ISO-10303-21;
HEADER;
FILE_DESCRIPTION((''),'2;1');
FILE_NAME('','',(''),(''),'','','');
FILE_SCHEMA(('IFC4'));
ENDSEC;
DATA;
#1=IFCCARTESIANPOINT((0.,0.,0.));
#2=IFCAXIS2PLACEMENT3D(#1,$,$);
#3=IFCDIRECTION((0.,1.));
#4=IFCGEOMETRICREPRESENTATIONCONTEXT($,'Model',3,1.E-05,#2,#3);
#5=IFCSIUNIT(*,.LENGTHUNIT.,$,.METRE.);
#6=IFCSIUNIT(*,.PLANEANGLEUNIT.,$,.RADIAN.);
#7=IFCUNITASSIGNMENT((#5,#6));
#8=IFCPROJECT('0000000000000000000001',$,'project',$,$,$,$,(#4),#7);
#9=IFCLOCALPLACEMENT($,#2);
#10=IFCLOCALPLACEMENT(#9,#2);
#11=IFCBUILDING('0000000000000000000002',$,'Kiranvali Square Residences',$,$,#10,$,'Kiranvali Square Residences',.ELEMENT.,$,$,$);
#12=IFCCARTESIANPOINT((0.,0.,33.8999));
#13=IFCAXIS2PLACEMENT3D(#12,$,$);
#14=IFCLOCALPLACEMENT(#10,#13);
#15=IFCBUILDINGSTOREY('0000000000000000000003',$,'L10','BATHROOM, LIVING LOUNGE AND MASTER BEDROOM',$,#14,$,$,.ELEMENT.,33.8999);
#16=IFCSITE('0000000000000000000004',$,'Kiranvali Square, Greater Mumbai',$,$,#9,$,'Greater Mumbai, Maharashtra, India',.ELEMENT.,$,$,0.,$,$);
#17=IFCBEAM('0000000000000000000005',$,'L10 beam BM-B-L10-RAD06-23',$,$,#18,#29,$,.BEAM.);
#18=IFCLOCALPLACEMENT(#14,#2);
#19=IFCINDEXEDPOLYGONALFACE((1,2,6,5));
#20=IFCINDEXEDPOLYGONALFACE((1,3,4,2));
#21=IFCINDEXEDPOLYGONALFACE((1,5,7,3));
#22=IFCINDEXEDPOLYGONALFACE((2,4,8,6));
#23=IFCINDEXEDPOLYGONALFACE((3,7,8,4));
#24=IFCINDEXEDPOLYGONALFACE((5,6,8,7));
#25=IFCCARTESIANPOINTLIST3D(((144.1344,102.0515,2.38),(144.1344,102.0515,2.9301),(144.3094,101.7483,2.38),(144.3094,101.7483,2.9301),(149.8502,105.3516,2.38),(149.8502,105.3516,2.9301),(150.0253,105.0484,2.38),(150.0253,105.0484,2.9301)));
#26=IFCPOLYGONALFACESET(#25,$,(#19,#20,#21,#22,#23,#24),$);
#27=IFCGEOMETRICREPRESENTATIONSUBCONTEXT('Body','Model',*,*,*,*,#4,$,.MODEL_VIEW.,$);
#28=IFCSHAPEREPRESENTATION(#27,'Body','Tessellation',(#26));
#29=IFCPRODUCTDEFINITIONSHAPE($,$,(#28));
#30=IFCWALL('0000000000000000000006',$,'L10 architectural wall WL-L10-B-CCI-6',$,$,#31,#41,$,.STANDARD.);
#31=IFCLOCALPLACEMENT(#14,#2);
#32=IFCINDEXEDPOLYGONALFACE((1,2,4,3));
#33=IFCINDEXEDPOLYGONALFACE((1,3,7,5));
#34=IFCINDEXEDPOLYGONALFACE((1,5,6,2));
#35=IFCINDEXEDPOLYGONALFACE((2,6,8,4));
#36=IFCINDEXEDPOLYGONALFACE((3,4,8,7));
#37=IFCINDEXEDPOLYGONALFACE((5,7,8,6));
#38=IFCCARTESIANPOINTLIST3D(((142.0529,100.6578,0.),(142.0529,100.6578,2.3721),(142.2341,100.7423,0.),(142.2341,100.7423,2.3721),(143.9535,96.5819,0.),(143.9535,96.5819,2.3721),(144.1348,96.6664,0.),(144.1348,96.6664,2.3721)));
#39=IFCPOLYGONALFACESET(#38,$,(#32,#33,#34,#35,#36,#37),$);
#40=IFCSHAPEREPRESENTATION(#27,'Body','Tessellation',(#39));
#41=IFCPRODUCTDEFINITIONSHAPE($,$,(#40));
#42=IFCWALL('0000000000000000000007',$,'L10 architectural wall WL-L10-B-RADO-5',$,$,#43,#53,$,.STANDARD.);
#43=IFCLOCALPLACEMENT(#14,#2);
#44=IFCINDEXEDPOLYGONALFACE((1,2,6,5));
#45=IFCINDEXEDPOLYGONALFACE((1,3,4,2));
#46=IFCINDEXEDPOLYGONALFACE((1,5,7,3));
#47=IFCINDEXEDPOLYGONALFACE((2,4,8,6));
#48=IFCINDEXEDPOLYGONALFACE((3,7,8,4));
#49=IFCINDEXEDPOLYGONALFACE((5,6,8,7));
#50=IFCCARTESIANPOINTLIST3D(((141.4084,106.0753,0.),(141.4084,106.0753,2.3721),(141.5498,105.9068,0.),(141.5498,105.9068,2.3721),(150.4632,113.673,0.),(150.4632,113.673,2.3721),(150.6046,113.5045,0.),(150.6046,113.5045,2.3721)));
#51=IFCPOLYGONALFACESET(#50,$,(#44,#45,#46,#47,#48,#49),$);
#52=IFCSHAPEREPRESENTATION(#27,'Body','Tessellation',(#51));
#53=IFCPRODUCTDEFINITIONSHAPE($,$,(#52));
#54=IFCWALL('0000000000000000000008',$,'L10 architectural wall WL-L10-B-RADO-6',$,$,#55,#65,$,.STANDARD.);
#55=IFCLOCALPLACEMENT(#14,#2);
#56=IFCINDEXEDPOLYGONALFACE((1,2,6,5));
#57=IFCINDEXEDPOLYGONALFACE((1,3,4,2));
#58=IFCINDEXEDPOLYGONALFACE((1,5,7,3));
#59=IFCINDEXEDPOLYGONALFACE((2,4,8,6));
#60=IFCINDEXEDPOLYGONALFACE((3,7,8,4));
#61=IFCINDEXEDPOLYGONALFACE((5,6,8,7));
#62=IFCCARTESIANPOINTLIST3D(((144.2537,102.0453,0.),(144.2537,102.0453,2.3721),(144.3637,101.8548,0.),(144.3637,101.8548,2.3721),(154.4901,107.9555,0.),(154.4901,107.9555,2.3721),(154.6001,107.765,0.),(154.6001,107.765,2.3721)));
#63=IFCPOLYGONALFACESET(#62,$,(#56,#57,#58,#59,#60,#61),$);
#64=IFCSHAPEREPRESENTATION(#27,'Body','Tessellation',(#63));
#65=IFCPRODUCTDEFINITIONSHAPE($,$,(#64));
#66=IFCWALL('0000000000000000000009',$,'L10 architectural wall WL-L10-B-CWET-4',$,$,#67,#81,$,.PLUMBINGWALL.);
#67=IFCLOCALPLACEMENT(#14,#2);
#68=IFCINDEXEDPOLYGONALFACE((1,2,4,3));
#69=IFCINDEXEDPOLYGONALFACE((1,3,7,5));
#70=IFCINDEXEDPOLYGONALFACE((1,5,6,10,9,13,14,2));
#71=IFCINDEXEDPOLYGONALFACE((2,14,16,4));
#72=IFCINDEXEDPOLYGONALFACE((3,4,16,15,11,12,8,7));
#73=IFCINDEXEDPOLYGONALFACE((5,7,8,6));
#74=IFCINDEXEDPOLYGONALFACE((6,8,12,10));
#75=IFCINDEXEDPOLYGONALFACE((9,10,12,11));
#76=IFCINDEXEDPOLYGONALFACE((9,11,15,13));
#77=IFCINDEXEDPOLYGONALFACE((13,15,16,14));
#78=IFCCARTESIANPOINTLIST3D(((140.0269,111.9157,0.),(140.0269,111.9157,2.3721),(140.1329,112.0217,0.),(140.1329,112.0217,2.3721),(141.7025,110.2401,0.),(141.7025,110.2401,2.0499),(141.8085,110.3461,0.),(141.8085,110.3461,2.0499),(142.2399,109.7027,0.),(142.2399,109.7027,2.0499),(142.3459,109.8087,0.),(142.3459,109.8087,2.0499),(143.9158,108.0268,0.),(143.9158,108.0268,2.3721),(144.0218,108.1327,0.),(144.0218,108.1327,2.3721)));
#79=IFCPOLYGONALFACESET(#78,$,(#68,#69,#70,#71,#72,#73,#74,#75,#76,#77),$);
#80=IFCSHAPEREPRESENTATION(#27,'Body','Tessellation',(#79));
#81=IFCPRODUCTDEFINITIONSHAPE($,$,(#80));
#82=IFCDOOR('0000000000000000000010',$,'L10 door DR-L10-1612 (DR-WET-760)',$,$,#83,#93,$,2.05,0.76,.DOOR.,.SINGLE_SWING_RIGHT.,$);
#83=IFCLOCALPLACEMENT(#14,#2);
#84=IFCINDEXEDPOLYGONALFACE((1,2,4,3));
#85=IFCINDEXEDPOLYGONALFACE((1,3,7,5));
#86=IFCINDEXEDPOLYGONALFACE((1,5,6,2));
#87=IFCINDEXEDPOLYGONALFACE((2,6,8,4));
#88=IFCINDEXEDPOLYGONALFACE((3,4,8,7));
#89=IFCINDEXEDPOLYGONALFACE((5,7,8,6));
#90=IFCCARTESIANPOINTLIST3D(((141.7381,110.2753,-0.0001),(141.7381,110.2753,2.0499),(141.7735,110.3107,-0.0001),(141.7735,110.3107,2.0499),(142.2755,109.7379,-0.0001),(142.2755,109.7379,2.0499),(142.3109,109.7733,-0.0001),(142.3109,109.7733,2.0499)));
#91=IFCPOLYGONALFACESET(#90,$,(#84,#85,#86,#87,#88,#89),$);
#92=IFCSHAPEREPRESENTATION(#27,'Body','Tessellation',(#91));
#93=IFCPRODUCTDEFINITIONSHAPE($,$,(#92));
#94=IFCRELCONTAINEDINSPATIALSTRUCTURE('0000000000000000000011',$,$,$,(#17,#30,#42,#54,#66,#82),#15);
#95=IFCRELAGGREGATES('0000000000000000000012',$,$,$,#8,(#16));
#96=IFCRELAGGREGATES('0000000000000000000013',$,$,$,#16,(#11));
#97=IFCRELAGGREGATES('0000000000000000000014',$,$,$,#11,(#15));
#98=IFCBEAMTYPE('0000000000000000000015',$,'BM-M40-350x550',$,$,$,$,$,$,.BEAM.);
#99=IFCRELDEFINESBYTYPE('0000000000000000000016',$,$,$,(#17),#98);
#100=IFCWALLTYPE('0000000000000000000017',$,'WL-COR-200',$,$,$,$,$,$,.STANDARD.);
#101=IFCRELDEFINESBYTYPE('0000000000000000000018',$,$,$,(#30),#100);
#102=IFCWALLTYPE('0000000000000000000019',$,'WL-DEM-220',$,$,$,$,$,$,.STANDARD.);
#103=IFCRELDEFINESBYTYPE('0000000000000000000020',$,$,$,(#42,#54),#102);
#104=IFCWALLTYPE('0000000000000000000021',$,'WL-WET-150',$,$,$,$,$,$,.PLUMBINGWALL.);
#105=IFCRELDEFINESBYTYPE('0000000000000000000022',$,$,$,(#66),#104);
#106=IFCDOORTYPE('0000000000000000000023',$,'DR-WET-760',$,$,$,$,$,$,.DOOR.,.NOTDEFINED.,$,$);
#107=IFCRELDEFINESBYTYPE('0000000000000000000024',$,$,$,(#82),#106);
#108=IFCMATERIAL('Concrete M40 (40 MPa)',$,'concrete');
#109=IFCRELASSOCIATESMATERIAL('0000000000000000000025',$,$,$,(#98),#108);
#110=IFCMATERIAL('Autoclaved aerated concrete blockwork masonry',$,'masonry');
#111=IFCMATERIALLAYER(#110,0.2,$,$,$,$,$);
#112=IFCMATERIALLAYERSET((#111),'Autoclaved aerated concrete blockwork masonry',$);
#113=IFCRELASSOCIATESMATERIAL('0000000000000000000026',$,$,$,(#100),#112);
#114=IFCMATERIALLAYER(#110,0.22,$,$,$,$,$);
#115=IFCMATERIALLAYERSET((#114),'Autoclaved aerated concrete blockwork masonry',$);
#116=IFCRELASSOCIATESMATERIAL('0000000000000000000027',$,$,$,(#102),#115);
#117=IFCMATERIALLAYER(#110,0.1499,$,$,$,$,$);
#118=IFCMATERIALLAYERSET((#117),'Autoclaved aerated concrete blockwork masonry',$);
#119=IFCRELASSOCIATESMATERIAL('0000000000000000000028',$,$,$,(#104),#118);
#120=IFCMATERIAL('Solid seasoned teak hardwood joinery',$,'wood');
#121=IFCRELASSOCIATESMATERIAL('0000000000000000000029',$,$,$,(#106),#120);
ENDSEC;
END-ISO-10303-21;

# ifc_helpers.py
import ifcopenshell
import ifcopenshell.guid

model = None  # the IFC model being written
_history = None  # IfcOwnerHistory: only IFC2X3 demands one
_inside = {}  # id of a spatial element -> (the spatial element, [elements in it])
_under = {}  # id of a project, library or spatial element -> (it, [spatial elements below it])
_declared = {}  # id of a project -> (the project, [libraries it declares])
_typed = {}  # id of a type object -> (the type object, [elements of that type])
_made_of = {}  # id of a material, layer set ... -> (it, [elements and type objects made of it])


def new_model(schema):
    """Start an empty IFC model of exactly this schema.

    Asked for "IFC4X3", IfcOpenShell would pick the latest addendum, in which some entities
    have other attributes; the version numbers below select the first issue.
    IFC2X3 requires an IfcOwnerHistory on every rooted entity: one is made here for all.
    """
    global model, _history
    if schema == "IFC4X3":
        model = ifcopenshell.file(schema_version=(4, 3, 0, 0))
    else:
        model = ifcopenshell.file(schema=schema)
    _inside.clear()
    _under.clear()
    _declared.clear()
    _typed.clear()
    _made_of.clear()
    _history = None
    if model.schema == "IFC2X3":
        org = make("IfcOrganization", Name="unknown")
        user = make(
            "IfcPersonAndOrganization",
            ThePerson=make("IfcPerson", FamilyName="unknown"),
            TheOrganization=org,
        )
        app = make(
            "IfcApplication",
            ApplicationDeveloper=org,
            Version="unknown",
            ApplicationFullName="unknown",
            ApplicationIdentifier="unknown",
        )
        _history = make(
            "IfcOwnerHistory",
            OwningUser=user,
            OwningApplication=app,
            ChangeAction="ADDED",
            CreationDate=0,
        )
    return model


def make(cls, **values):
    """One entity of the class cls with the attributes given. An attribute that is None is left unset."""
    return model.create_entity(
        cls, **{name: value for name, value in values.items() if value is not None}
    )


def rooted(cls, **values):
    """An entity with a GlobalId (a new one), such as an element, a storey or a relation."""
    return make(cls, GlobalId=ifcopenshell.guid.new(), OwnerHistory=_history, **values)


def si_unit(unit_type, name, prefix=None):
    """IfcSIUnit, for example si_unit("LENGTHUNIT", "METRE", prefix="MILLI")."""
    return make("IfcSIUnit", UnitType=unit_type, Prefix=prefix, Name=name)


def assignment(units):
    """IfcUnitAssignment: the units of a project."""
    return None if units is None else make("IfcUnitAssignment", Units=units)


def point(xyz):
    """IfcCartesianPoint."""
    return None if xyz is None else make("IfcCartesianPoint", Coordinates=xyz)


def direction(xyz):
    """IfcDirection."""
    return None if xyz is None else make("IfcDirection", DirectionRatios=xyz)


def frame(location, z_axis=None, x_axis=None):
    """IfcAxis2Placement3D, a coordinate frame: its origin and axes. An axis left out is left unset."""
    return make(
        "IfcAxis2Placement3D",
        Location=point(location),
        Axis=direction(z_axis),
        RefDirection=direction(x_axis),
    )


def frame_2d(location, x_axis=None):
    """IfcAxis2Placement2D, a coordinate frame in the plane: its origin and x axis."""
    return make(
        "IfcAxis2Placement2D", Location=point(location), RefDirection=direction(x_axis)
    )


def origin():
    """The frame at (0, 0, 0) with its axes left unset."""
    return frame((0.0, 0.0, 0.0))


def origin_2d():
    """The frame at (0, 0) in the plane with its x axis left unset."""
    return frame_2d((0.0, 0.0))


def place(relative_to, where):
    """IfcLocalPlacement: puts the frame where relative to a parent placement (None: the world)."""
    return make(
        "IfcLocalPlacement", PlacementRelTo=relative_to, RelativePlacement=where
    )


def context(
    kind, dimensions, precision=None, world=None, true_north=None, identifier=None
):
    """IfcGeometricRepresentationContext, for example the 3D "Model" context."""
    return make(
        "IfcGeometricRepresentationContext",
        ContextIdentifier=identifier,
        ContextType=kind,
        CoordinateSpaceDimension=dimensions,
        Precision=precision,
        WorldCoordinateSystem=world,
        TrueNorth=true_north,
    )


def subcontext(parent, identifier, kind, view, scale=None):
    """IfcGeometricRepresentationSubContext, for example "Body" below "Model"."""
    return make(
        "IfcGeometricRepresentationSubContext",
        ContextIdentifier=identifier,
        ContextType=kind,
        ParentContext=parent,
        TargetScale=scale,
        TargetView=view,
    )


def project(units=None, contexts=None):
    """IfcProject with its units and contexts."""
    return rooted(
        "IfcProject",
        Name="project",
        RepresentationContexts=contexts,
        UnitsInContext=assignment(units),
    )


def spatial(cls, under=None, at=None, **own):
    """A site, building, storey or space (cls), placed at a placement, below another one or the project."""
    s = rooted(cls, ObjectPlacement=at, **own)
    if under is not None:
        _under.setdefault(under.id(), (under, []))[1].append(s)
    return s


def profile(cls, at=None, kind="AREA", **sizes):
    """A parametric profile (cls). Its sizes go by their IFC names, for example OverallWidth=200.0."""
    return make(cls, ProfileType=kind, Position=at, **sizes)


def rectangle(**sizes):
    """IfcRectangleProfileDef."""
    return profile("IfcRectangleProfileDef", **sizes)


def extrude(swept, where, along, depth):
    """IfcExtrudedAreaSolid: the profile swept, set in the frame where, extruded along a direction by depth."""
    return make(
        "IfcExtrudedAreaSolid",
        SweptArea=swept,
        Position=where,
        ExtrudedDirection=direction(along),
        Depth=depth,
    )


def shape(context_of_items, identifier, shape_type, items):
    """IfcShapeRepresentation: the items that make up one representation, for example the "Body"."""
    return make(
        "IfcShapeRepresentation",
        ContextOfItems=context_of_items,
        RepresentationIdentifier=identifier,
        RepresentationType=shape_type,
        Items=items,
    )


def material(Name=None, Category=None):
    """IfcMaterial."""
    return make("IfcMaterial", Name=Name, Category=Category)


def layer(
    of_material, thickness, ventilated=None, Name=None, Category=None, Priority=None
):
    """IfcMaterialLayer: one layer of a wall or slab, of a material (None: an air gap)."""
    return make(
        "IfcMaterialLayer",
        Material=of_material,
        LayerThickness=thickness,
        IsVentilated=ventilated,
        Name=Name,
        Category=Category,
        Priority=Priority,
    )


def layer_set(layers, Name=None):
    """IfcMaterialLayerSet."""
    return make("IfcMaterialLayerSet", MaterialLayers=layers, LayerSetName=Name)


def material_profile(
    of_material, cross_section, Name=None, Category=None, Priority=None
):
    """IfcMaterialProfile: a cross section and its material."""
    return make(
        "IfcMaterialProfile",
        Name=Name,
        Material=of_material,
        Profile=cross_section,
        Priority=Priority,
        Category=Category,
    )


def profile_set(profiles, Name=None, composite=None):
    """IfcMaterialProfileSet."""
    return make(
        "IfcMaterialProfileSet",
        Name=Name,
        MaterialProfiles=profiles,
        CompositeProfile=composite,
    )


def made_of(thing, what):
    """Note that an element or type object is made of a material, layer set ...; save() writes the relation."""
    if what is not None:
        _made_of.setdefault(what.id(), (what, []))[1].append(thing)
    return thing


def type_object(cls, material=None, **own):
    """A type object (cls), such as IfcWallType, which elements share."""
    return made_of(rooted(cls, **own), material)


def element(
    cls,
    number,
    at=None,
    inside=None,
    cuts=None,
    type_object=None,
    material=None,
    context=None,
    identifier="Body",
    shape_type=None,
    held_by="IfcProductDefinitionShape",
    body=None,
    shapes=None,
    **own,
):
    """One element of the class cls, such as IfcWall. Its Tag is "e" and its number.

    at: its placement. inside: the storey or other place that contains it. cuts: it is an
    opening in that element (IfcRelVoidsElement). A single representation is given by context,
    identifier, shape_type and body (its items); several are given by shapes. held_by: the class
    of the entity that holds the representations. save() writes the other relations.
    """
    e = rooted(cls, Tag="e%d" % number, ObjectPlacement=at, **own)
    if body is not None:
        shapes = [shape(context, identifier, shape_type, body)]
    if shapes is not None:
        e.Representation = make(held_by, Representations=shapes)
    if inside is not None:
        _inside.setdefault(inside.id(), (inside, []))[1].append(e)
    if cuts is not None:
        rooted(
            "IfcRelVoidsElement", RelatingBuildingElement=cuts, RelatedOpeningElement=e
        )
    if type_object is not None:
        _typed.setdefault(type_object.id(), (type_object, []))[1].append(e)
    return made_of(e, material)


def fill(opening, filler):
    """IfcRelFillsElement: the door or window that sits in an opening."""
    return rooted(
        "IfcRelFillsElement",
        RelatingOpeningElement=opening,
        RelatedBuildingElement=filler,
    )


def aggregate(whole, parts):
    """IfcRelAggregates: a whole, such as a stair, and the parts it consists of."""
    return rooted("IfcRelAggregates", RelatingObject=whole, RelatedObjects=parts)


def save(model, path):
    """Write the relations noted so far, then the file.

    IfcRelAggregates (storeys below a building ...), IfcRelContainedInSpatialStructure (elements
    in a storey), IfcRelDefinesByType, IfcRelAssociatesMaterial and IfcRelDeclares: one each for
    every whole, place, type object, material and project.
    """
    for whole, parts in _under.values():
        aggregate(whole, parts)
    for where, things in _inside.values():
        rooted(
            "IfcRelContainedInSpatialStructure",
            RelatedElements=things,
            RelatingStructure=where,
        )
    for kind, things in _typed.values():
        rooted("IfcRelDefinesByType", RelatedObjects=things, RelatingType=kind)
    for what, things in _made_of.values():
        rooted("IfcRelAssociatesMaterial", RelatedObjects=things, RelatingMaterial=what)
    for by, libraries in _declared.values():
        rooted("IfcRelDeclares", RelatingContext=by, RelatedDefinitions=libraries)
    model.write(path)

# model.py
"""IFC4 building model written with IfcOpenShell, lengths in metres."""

from ifc_helpers import new_model, si_unit, direction, frame, frame_2d, origin, origin_2d, place, context, subcontext, project, spatial, rectangle, extrude, material, layer, layer_set, material_profile, profile_set, type_object, element, fill, save


model = new_model("IFC4")

# Units and contexts
model_context = context("Model", 3, precision=1e-05, world=origin(), true_north=direction((0.0, 1.0)))
body_context = subcontext(model_context, "Body", "Model", "MODEL_VIEW")
ifc_project = project(units=[si_unit("LENGTHUNIT", "METRE"), si_unit("PLANEANGLEUNIT", "RADIAN")], contexts=[model_context])

# Site, building, storey
site_placement = place(None, origin())
site = spatial("IfcSite", under=ifc_project, at=site_placement, Name="Kiranvali Square, Greater Mumbai", LongName="Greater Mumbai, Maharashtra, India", CompositionType="ELEMENT", RefElevation=0.0)
building_placement = place(site_placement, origin())
building = spatial("IfcBuilding", under=site, at=building_placement, Name="Kiranvali Square Residences", LongName="Kiranvali Square Residences", CompositionType="ELEMENT")
storey_placement = place(building_placement, frame((0.0, 0.0, 33.8999)))
storey = spatial("IfcBuildingStorey", under=building, at=storey_placement, Name="L10", Description="BATHROOM, LIVING LOUNGE AND MASTER BEDROOM", CompositionType="ELEMENT", Elevation=33.8999)

# Shared definitions
ifc_material_1 = material(Name="Concrete M40 (40 MPa)", Category="concrete")

# Beam
ifc_material_profile_1 = material_profile(ifc_material_1, rectangle(XDim=0.3501, YDim=0.55, at=origin_2d()), Name="RC 350x550")
ifc_profile_set_1 = profile_set([ifc_material_profile_1], Name="Concrete M40 (40 MPa)")
beam_type = type_object("IfcBeamType", Name="BM-M40-350x550", PredefinedType="BEAM", material=ifc_profile_set_1)
beam_1_placement = place(storey_placement, frame((144.2219, 101.8999, 2.655), z_axis=(0.866024, 0.500002, 0.0), x_axis=(-0.500002, 0.866024, 0.0)))
element("IfcBeam", 1, at=beam_1_placement, inside=storey, type_object=beam_type, Name="L10 beam BM-B-L10-RAD06-23", PredefinedType="BEAM", context=body_context, shape_type="SweptSolid", body=[
    extrude(rectangle(XDim=0.3501, YDim=0.55, at=origin_2d()), origin(), (0.0, 0.0, 1.0), 6.6001),
])

# Shared definitions
ifc_material_2 = material(Name="Autoclaved aerated concrete blockwork masonry", Category="masonry")
ifc_layer_1 = layer(ifc_material_2, 0.2)
ifc_layer_set_1 = layer_set([ifc_layer_1], Name="Autoclaved aerated concrete blockwork masonry")
wall_type_1 = type_object("IfcWallType", Name="WL-COR-200", PredefinedType="STANDARD", material=ifc_layer_set_1)

# Wall
wall_1_placement = place(storey_placement, frame((142.1436, 100.7, 0.0), z_axis=(0.0, 0.0, 1.0), x_axis=(0.422618, -0.906308, 0.0)))
element("IfcWall", 2, at=wall_1_placement, inside=storey, type_object=wall_type_1, Name="L10 architectural wall WL-L10-B-CCI-6", PredefinedType="STANDARD", context=body_context, shape_type="SweptSolid", body=[
    extrude(rectangle(XDim=4.4973, YDim=0.2, at=frame_2d((2.2485, 0.0))), origin(), (0.0, 0.0, 1.0), 2.3721),
])

# Walls
ifc_layer_2 = layer(ifc_material_2, 0.22)
ifc_layer_set_2 = layer_set([ifc_layer_2], Name="Autoclaved aerated concrete blockwork masonry")
wall_type_2 = type_object("IfcWallType", Name="WL-DEM-220", PredefinedType="STANDARD", material=ifc_layer_set_2)
for number, where, z_axis, x_axis, name in (
    (3, (141.479, 105.991, 0.0), (0.0, 0.0, 1.0), (0.76605, 0.642781, 0.0), "L10 architectural wall WL-L10-B-RADO-5"),
    (4, (144.3086, 101.95, 0.0), (0.0, 0.0, 1.0), (0.866018, 0.500013, 0.0), "L10 architectural wall WL-L10-B-RADO-6"),
):
    element("IfcWall", number, at=place(storey_placement, frame(where, z_axis=z_axis, x_axis=x_axis)), inside=storey, type_object=wall_type_2, Name=name, PredefinedType="STANDARD", context=body_context, shape_type="SweptSolid", body=[
        extrude(rectangle(XDim=11.8201, YDim=0.22, at=frame_2d((5.9102, 0.0))), origin(), (0.0, 0.0, 1.0), 2.3721),
    ])

# Wall, opening, door
ifc_layer_3 = layer(ifc_material_2, 0.1499)
ifc_layer_set_3 = layer_set([ifc_layer_3], Name="Autoclaved aerated concrete blockwork masonry")
wall_type_3 = type_object("IfcWallType", Name="WL-WET-150", PredefinedType="PLUMBINGWALL", material=ifc_layer_set_3)
wall_2_placement = place(storey_placement, frame((140.0798, 111.9688, 0.0), z_axis=(0.0, 0.0, 1.0), x_axis=(0.707107, -0.707107, 0.0)))
wall_2 = element("IfcWall", 5, at=wall_2_placement, inside=storey, type_object=wall_type_3, Name="L10 architectural wall WL-L10-B-CWET-4", PredefinedType="PLUMBINGWALL", context=body_context, shape_type="SweptSolid", body=[
    extrude(rectangle(XDim=5.4998, YDim=0.1499, at=frame_2d((2.75, 0.0))), origin(), (0.0, 0.0, 1.0), 2.3721),
])
opening_1_placement = place(wall_2_placement, frame((2.3699, 0.0, 0.0)))
opening_1 = element("IfcOpeningElement", 6, at=opening_1_placement, cuts=wall_2, PredefinedType="OPENING", context=body_context, shape_type="SweptSolid", body=[
    extrude(rectangle(XDim=0.76, YDim=2.05, at=frame_2d((0.3799, 1.0249))), frame((0.0, 0.085, 0.0), z_axis=(0.0, -1.0, 0.0), x_axis=(1.0, 0.0, 0.0)), (0.0, 0.0, 1.0), 0.1699),
])
ifc_material_3 = material(Name="Solid seasoned teak hardwood joinery", Category="wood")
door_type_1 = type_object("IfcDoorType", Name="DR-WET-760", OperationType="NOTDEFINED", PredefinedType="DOOR", material=ifc_material_3)
door_1_placement = place(opening_1_placement, frame((0.76, 0.0, 0.0), z_axis=(0.0, 0.0, 1.0), x_axis=(-1.0, 0.0, 0.0)))
door_1 = element("IfcDoor", 7, at=door_1_placement, inside=storey, type_object=door_type_1, Name="L10 door DR-L10-1612 (DR-WET-760)", OperationType="SINGLE_SWING_RIGHT", OverallHeight=2.05, OverallWidth=0.76, PredefinedType="DOOR", context=body_context, shape_type="SweptSolid", body=[
    extrude(rectangle(XDim=0.76, YDim=2.05, at=frame_2d((0.3799, 1.0249))), frame((0.0, 0.0249, 0.0), z_axis=(0.0, -1.0, 0.0), x_axis=(1.0, 0.0, 0.0)), (0.0, 0.0, 1.0), 0.05),
])
fill(opening_1, door_1)

save(model, "model.ifc")
